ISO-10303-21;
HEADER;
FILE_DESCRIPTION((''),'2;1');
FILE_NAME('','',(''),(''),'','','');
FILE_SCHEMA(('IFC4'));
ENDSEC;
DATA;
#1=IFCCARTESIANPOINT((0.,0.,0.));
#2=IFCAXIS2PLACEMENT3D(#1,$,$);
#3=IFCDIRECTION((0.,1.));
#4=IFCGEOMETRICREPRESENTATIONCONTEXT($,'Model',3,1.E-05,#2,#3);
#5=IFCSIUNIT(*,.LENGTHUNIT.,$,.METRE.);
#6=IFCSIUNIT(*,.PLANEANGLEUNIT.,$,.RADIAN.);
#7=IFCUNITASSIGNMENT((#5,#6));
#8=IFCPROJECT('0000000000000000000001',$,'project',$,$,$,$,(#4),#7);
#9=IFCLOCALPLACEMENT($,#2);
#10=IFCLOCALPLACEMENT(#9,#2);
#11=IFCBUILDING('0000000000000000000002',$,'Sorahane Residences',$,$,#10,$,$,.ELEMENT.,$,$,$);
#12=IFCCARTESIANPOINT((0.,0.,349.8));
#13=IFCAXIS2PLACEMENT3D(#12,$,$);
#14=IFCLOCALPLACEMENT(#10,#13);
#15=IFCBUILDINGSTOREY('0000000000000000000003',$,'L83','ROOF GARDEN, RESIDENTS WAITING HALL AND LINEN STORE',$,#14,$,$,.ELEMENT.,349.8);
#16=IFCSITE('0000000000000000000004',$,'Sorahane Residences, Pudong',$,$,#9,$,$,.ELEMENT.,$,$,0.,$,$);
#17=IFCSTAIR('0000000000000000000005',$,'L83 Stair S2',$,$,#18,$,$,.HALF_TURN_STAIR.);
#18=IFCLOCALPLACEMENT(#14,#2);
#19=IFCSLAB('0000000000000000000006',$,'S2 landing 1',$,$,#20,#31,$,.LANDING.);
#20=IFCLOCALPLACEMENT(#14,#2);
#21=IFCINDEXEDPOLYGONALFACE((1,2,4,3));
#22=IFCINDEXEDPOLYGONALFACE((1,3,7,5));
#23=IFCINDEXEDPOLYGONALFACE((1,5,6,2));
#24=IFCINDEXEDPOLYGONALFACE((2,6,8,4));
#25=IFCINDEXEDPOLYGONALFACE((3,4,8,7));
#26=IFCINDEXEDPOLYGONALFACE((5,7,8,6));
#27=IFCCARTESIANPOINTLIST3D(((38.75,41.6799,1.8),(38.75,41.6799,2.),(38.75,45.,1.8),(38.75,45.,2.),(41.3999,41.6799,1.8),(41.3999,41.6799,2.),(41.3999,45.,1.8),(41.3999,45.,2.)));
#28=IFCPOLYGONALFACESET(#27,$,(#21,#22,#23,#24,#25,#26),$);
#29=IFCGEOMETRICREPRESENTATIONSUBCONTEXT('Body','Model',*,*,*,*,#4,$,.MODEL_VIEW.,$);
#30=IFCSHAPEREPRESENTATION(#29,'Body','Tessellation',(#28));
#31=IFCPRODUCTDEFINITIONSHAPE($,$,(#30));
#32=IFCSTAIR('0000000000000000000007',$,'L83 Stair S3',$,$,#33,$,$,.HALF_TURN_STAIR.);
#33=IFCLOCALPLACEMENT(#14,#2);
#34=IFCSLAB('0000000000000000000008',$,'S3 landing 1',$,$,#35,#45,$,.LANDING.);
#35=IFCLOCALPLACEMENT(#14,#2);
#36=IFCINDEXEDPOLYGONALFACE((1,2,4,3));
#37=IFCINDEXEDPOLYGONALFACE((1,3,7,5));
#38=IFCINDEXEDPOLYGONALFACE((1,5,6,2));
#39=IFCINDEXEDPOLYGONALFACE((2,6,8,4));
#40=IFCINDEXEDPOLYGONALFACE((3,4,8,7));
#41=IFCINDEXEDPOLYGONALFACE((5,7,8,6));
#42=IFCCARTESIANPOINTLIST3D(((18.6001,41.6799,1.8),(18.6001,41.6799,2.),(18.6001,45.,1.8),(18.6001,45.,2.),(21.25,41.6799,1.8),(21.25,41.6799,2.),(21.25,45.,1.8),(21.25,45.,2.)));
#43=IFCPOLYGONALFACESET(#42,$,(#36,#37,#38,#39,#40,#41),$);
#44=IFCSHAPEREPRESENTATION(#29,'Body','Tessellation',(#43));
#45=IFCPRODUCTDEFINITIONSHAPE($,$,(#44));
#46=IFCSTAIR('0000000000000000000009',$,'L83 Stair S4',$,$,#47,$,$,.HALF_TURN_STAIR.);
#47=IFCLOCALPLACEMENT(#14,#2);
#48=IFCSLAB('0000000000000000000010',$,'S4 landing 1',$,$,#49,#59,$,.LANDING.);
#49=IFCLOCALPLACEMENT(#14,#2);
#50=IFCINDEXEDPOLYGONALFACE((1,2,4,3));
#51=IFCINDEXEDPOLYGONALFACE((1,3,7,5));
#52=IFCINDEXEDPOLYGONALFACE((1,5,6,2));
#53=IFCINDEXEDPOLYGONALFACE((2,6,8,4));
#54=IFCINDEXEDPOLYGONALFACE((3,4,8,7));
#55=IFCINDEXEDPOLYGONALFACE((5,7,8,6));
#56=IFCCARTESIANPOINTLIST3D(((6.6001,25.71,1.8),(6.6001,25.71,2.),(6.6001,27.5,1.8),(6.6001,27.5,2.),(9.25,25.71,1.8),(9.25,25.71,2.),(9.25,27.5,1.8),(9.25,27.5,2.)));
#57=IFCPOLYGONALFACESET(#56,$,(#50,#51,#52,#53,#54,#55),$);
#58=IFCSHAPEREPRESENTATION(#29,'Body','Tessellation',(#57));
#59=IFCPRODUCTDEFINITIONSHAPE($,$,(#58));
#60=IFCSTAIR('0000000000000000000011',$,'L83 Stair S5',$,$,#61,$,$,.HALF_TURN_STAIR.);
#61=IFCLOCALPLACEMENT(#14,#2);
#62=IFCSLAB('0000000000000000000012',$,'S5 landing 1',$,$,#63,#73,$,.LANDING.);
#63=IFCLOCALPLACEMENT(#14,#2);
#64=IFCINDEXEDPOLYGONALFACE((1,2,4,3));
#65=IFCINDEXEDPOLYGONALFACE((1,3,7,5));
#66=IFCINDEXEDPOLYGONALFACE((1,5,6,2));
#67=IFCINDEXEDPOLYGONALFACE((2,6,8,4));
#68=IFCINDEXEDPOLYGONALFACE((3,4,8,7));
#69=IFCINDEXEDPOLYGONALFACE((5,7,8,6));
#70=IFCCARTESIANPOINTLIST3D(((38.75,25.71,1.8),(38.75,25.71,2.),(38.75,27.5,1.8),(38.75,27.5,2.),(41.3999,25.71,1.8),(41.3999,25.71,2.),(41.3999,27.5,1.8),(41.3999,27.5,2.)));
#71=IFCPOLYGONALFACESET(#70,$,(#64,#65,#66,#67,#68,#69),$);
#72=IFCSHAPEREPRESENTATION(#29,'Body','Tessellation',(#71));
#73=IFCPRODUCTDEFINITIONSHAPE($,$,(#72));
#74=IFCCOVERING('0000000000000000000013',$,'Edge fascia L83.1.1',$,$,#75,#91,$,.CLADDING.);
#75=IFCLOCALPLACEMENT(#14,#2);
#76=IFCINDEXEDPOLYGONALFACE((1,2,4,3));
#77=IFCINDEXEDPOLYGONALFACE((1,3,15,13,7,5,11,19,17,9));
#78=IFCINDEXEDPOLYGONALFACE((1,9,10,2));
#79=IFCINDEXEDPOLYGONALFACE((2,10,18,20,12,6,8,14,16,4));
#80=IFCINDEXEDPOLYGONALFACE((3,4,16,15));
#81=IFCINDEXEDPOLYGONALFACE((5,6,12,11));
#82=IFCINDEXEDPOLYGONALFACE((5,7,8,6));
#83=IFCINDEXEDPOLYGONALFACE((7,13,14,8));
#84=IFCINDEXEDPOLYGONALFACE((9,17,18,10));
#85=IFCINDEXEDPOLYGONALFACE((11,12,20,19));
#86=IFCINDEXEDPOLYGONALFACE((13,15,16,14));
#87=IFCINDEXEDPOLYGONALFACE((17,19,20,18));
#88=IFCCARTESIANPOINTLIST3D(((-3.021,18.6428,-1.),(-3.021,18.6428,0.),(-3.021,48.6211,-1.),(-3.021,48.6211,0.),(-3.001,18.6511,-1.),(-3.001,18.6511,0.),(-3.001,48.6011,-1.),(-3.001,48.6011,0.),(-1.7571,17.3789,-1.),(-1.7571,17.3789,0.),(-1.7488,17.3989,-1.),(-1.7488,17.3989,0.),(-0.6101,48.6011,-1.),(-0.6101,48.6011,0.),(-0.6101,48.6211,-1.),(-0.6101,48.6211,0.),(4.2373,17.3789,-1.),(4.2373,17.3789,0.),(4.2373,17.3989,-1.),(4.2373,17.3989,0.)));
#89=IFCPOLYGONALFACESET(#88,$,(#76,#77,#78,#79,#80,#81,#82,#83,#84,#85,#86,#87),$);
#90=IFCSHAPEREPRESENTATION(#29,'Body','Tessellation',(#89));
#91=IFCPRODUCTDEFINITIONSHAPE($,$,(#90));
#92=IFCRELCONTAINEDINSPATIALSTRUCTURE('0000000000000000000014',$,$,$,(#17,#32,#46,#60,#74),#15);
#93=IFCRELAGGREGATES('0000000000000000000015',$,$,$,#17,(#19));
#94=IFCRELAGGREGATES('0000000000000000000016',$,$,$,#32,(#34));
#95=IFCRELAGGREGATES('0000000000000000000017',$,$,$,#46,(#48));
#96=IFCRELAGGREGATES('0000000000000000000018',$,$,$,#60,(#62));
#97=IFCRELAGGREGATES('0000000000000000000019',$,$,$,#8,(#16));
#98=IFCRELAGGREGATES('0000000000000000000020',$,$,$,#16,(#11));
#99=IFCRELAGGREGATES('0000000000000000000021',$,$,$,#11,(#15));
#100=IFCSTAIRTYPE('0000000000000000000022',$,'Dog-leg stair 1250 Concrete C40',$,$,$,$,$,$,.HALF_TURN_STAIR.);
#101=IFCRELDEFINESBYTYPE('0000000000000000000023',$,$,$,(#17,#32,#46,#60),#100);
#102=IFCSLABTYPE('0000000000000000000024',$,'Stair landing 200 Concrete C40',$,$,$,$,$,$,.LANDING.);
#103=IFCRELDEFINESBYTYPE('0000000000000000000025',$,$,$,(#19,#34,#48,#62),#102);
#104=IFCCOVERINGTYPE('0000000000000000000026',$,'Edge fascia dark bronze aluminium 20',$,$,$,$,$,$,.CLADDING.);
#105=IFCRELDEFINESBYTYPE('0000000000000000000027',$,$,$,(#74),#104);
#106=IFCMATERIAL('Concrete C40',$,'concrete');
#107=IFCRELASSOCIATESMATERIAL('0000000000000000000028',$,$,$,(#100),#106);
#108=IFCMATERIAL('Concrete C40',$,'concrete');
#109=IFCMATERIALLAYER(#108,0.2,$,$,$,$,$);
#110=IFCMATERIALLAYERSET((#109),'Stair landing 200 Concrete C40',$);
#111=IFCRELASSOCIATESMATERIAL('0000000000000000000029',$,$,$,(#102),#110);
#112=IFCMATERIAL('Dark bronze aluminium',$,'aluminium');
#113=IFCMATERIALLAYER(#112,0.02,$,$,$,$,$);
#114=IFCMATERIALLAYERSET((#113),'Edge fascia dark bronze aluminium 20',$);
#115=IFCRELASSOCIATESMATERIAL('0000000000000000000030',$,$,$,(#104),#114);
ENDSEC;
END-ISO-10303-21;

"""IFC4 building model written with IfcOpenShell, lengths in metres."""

from ifc_helpers import new_model, si_unit, direction, frame, origin, place, context, subcontext, project, spatial, polyline, outline, extrude, material, layer, layer_set, type_object, element, aggregate, save


model = new_model("IFC4")

# Units and contexts
model_context = context("Model", 3, precision=1e-05, world=origin(), true_north=direction((0.0, 1.0)))
body_context = subcontext(model_context, "Body", "Model", "MODEL_VIEW")
ifc_project = project(units=[si_unit("LENGTHUNIT", "METRE"), si_unit("PLANEANGLEUNIT", "RADIAN")], contexts=[model_context])

# Site, building, storey
site_placement = place(None, origin())
site = spatial("IfcSite", under=ifc_project, at=site_placement, Name="Sorahane Residences, Pudong", CompositionType="ELEMENT", RefElevation=0.0)
building_placement = place(site_placement, origin())
building = spatial("IfcBuilding", under=site, at=building_placement, Name="Sorahane Residences", CompositionType="ELEMENT")
storey_placement = place(building_placement, frame((0.0, 0.0, 349.8)))
storey = spatial("IfcBuildingStorey", under=building, at=storey_placement, Name="L83", Description="ROOF GARDEN, RESIDENTS WAITING HALL AND LINEN STORE", CompositionType="ELEMENT", Elevation=349.8)

# Stairs, slabs
ifc_material_1 = material(Name="Concrete C40", Category="concrete")
stair_type = type_object("IfcStairType", Name="Dog-leg stair 1250 Concrete C40", PredefinedType="HALF_TURN_STAIR", material=ifc_material_1)
ifc_material_2 = material(Name="Concrete C40", Category="concrete")
ifc_layer_1 = layer(ifc_material_2, 0.2)
ifc_layer_set_1 = layer_set([ifc_layer_1], Name="Stair landing 200 Concrete C40")
slab_type_1 = type_object("IfcSlabType", Name="Stair landing 200 Concrete C40", PredefinedType="LANDING", material=ifc_layer_set_1)
stair_1_placement = place(storey_placement, origin())
stair_1 = element("IfcStair", 1, at=stair_1_placement, inside=storey, type_object=stair_type, Name="L83 Stair S2", PredefinedType="HALF_TURN_STAIR")
slab_1_placement = place(storey_placement, frame((0.0, 0.0, 1.8)))
slab_1 = element("IfcSlab", 2, at=slab_1_placement, type_object=slab_type_1, Name="S2 landing 1", PredefinedType="LANDING", context=body_context, shape_type="SweptSolid", body=[
    extrude(outline(polyline([(41.3999, 41.6799), (41.3999, 45.0), (38.75, 45.0), (38.75, 41.6799), (41.3999, 41.6799)])), origin(), (0.0, 0.0, 1.0), 0.2),
])
aggregate(stair_1, [slab_1])
stair_2_placement = place(storey_placement, origin())
stair_2 = element("IfcStair", 3, at=stair_2_placement, inside=storey, type_object=stair_type, Name="L83 Stair S3", PredefinedType="HALF_TURN_STAIR")
slab_2_placement = place(storey_placement, frame((0.0, 0.0, 1.8)))
slab_2 = element("IfcSlab", 4, at=slab_2_placement, type_object=slab_type_1, Name="S3 landing 1", PredefinedType="LANDING", context=body_context, shape_type="SweptSolid", body=[
    extrude(outline(polyline([(21.25, 41.6799), (21.25, 45.0), (18.6001, 45.0), (18.6001, 41.6799), (21.25, 41.6799)])), origin(), (0.0, 0.0, 1.0), 0.2),
])
aggregate(stair_2, [slab_2])
stair_3_placement = place(storey_placement, origin())
stair_3 = element("IfcStair", 5, at=stair_3_placement, inside=storey, type_object=stair_type, Name="L83 Stair S4", PredefinedType="HALF_TURN_STAIR")
slab_3_placement = place(storey_placement, frame((0.0, 0.0, 1.8)))
slab_3 = element("IfcSlab", 6, at=slab_3_placement, type_object=slab_type_1, Name="S4 landing 1", PredefinedType="LANDING", context=body_context, shape_type="SweptSolid", body=[
    extrude(outline(polyline([(9.25, 25.71), (9.25, 27.5), (6.6001, 27.5), (6.6001, 25.71), (9.25, 25.71)])), origin(), (0.0, 0.0, 1.0), 0.2),
])
aggregate(stair_3, [slab_3])
stair_4_placement = place(storey_placement, origin())
stair_4 = element("IfcStair", 7, at=stair_4_placement, inside=storey, type_object=stair_type, Name="L83 Stair S5", PredefinedType="HALF_TURN_STAIR")
slab_4_placement = place(storey_placement, frame((0.0, 0.0, 1.8)))
slab_4 = element("IfcSlab", 8, at=slab_4_placement, type_object=slab_type_1, Name="S5 landing 1", PredefinedType="LANDING", context=body_context, shape_type="SweptSolid", body=[
    extrude(outline(polyline([(41.3999, 25.71), (41.3999, 27.5), (38.75, 27.5), (38.75, 25.71), (41.3999, 25.71)])), origin(), (0.0, 0.0, 1.0), 0.2),
])
aggregate(stair_4, [slab_4])

# Covering
ifc_material_3 = material(Name="Dark bronze aluminium", Category="aluminium")
ifc_layer_2 = layer(ifc_material_3, 0.02)
ifc_layer_set_2 = layer_set([ifc_layer_2], Name="Edge fascia dark bronze aluminium 20")
covering_type = type_object("IfcCoveringType", Name="Edge fascia dark bronze aluminium 20", PredefinedType="CLADDING", material=ifc_layer_set_2)
covering_placement = place(storey_placement, frame((0.0, 0.0, -1.0)))
element("IfcCovering", 9, at=covering_placement, inside=storey, type_object=covering_type, Name="Edge fascia L83.1.1", PredefinedType="CLADDING", context=body_context, shape_type="SweptSolid", body=[
    extrude(outline(polyline([(-1.7571, 17.3789), (-3.021, 18.6428), (-3.021, 48.6211), (-0.6101, 48.6211), (-0.6101, 48.6011), (-3.001, 48.6011), (-3.001, 18.6511), (-1.7488, 17.3989), (4.2373, 17.3989), (4.2373, 17.3789), (-1.7571, 17.3789)])), origin(), (0.0, 0.0, 1.0), 1.0),
])

save(model, "model.ifc")
